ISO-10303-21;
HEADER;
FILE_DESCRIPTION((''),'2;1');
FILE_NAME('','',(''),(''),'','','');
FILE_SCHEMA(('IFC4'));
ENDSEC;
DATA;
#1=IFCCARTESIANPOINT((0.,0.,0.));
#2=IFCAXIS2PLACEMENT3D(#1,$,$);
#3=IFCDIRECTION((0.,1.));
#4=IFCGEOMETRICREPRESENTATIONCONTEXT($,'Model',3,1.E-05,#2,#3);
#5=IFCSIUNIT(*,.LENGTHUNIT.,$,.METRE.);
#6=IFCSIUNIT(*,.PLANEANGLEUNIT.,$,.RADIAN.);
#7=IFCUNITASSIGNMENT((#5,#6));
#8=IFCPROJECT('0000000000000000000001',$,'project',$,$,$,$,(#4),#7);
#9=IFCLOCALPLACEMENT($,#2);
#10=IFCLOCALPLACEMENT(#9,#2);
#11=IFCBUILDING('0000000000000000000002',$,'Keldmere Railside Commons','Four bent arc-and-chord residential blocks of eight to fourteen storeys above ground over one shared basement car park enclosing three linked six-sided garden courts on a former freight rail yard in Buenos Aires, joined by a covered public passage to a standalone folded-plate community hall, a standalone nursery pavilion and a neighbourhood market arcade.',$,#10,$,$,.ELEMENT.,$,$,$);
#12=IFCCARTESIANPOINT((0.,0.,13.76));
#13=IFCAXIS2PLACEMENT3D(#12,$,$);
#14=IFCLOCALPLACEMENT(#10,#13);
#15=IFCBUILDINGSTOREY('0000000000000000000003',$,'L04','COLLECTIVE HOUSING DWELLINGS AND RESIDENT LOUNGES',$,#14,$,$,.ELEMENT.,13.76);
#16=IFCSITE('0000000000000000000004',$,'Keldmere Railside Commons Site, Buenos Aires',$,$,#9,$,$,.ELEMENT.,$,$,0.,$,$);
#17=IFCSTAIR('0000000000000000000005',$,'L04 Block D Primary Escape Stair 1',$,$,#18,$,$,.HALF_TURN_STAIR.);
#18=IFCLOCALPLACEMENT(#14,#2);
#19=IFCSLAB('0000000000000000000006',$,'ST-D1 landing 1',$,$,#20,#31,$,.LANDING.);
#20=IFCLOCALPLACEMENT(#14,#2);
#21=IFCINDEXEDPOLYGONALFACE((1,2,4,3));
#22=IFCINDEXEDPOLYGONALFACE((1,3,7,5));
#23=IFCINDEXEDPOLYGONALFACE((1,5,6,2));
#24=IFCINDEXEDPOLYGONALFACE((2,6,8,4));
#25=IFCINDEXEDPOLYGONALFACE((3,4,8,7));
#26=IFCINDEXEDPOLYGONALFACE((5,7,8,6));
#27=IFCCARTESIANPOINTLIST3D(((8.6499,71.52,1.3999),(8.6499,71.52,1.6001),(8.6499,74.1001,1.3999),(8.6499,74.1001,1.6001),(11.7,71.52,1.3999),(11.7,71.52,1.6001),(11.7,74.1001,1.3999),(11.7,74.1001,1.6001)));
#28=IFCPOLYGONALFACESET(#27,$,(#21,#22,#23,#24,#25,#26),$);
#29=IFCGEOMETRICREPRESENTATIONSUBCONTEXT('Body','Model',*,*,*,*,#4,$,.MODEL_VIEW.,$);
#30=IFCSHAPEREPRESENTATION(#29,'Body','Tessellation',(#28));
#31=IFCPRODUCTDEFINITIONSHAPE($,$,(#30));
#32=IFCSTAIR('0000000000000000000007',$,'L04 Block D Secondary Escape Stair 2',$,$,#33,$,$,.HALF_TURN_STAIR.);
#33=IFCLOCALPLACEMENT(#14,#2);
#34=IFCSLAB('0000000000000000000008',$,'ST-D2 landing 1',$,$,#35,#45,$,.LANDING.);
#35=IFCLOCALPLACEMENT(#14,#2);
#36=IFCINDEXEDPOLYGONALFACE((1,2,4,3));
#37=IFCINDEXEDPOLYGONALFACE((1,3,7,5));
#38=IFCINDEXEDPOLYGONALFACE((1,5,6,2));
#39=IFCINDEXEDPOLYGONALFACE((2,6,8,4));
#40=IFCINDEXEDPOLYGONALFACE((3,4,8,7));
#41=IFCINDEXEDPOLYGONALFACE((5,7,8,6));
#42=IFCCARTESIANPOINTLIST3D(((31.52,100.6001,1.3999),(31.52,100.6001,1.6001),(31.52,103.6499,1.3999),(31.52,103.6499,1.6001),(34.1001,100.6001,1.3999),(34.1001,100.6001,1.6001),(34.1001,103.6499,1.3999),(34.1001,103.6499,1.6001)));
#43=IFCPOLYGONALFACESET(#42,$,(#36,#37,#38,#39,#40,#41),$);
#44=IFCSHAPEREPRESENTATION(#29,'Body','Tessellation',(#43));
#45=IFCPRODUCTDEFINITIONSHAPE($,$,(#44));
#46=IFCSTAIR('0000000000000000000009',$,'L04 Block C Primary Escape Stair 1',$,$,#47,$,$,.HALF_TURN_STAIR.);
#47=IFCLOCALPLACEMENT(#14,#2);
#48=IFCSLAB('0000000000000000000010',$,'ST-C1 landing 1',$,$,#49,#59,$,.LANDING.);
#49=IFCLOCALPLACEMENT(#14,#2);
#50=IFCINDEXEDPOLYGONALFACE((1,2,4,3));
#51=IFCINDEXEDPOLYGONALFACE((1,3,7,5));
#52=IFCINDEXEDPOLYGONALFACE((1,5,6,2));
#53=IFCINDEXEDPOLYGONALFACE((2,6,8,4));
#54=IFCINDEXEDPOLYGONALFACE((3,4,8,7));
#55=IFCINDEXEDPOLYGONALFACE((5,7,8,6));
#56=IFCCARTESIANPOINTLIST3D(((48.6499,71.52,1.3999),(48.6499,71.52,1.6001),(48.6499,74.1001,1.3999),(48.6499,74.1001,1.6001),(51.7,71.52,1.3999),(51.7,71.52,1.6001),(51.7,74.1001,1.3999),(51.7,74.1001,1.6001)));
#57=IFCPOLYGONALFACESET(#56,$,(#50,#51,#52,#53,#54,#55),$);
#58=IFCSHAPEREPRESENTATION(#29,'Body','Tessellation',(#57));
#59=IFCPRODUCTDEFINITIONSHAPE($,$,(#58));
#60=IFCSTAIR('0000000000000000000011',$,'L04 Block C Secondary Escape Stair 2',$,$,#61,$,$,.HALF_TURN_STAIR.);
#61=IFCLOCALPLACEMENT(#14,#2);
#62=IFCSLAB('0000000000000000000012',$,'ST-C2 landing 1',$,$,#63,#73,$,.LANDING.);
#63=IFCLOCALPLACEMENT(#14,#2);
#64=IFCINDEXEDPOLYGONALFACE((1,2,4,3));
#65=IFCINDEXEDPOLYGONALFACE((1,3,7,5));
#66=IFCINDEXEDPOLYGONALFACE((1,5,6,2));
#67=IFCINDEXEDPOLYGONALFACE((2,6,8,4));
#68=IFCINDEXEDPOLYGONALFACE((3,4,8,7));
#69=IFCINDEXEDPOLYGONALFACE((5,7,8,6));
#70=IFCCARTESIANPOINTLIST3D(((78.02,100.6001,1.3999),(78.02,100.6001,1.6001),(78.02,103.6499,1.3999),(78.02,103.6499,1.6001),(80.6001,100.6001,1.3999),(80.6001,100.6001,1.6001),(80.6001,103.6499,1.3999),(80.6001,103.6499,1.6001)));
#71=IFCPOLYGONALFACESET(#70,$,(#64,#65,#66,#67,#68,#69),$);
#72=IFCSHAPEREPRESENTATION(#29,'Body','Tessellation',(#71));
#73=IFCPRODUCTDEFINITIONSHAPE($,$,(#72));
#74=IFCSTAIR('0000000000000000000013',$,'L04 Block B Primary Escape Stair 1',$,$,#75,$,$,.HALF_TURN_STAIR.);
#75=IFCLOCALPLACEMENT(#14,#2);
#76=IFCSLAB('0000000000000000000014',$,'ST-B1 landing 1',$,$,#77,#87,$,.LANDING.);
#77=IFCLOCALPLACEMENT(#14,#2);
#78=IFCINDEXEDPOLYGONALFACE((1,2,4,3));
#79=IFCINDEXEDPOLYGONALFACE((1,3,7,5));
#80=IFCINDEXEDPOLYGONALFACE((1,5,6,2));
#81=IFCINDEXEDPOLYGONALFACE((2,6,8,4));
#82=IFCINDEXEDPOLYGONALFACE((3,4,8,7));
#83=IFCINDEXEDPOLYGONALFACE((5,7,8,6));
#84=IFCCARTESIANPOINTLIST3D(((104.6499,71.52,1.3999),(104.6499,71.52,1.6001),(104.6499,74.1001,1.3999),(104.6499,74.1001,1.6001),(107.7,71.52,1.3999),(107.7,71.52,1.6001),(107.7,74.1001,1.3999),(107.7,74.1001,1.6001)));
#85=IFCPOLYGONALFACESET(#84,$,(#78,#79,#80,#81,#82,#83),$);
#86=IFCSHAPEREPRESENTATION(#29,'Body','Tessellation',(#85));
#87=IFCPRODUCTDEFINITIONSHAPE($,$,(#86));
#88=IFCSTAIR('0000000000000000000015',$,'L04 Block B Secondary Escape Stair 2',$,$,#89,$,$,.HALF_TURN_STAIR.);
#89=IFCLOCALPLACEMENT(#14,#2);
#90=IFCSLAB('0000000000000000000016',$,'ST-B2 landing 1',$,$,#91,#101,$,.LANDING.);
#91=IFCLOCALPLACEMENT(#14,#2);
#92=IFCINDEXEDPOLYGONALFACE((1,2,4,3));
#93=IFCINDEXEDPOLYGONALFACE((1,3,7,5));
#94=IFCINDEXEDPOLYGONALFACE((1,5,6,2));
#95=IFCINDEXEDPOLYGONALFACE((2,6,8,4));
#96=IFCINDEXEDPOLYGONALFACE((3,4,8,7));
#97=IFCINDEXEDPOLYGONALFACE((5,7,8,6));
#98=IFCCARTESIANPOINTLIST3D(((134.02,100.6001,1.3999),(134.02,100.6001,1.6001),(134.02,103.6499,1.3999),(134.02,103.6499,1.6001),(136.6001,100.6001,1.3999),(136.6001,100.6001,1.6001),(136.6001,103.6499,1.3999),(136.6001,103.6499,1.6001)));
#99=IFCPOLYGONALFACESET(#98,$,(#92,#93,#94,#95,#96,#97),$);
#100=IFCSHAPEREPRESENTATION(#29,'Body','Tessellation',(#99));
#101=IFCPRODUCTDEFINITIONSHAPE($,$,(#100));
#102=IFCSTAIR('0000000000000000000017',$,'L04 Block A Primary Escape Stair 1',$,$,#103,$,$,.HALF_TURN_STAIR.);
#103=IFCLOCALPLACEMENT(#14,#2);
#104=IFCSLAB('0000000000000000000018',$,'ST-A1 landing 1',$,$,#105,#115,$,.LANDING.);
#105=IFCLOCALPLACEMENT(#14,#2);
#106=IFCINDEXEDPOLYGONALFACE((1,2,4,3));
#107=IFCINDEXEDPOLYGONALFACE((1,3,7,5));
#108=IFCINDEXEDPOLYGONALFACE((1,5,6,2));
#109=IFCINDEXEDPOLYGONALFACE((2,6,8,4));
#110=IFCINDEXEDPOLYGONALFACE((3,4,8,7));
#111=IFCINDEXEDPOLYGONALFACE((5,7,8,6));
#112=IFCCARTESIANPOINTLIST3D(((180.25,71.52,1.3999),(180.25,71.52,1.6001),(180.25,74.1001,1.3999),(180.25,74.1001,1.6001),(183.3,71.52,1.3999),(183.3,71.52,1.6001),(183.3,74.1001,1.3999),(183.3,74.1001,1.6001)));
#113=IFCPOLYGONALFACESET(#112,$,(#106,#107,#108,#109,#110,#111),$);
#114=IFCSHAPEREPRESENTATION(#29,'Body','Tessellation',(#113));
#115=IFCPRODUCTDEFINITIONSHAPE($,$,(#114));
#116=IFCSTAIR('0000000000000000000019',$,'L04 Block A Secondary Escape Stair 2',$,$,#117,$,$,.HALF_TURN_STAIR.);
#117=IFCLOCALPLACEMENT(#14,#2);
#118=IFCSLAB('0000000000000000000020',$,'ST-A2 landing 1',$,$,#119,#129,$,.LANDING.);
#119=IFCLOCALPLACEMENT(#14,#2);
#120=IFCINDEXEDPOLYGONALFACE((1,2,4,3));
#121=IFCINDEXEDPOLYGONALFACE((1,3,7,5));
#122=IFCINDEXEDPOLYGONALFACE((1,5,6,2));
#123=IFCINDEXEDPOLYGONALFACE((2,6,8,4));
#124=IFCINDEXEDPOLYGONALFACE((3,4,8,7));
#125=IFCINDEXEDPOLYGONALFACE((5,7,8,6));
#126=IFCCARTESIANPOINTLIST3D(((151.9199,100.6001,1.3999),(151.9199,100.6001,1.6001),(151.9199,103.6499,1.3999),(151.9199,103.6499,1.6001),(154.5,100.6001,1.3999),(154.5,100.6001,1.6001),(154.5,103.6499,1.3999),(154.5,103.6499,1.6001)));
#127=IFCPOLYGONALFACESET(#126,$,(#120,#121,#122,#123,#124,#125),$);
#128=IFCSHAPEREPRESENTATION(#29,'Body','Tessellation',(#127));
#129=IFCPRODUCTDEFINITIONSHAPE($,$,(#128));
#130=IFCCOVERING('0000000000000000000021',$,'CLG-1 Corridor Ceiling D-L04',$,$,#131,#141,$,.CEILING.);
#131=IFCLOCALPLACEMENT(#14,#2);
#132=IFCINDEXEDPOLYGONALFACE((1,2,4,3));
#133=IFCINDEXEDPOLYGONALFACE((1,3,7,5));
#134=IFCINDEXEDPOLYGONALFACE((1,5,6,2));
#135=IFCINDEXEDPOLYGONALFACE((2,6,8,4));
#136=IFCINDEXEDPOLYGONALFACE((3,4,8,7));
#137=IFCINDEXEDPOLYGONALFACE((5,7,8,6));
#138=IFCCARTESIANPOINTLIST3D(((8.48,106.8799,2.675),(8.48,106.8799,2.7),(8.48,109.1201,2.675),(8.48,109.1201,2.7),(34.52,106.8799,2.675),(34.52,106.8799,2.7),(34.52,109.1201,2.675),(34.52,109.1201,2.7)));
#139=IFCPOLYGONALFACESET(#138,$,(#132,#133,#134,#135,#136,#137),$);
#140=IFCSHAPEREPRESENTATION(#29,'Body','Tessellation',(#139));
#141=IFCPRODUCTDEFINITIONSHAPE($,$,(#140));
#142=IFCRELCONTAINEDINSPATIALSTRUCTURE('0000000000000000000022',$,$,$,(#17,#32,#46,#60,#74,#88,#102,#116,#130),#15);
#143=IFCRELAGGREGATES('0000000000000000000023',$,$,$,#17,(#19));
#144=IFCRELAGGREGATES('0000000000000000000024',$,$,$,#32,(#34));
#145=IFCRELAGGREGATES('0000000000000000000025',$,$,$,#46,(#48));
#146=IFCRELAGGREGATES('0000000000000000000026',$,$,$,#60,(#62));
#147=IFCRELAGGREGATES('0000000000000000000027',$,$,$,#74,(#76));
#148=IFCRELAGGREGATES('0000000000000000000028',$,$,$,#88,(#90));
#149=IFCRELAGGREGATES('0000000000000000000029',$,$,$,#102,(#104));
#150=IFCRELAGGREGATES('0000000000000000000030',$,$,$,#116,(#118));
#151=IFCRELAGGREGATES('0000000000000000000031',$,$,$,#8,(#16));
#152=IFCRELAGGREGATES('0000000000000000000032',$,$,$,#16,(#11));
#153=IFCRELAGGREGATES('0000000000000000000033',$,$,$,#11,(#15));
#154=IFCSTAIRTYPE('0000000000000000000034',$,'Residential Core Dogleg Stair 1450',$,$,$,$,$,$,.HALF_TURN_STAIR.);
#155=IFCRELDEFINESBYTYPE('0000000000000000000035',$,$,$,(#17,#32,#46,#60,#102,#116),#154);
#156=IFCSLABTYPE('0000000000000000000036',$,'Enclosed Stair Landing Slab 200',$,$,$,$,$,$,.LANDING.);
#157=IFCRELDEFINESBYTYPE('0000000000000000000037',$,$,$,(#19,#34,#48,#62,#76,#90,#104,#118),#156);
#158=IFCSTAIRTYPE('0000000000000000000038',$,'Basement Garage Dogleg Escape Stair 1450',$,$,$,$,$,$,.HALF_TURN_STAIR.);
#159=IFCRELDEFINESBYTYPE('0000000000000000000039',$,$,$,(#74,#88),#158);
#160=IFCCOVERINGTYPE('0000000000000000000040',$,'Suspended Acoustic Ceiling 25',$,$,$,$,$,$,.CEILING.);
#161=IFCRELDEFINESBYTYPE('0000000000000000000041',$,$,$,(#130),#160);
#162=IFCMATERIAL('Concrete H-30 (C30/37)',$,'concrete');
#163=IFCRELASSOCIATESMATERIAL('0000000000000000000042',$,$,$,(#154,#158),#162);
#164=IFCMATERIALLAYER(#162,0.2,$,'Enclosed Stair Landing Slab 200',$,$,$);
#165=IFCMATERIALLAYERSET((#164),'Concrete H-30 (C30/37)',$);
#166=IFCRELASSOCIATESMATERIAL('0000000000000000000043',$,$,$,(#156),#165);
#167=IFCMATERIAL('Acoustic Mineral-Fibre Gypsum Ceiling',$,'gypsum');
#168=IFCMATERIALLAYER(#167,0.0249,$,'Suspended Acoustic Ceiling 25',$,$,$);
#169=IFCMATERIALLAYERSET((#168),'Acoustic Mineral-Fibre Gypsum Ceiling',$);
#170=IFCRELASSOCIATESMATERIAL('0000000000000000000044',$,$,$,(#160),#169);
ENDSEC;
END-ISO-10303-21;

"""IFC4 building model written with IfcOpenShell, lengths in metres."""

from ifc_helpers import new_model, si_unit, direction, frame, origin, place, context, subcontext, project, spatial, polyline, outline, extrude, material, layer, layer_set, type_object, element, aggregate, save


model = new_model("IFC4")

# Units and contexts
model_context = context("Model", 3, precision=1e-05, world=origin(), true_north=direction((0.0, 1.0)))
body_context = subcontext(model_context, "Body", "Model", "MODEL_VIEW")
ifc_project = project(units=[si_unit("LENGTHUNIT", "METRE"), si_unit("PLANEANGLEUNIT", "RADIAN")], contexts=[model_context])

# Site, building, storey
site_placement = place(None, origin())
site = spatial("IfcSite", under=ifc_project, at=site_placement, Name="Keldmere Railside Commons Site, Buenos Aires", CompositionType="ELEMENT", RefElevation=0.0)
building_placement = place(site_placement, origin())
building = spatial("IfcBuilding", under=site, at=building_placement, Name="Keldmere Railside Commons", Description="Four bent arc-and-chord residential blocks of eight to fourteen storeys above ground over one shared basement car park enclosing three linked six-sided garden courts on a former freight rail yard in Buenos Aires, joined by a covered public passage to a standalone folded-plate community hall, a standalone nursery pavilion and a neighbourhood market arcade.", CompositionType="ELEMENT")
storey_placement = place(building_placement, frame((0.0, 0.0, 13.76)))
storey = spatial("IfcBuildingStorey", under=building, at=storey_placement, Name="L04", Description="COLLECTIVE HOUSING DWELLINGS AND RESIDENT LOUNGES", CompositionType="ELEMENT", Elevation=13.76)

# Stairs, slabs
ifc_material_1 = material(Name="Concrete H-30 (C30/37)", Category="concrete")
stair_type_1 = type_object("IfcStairType", Name="Residential Core Dogleg Stair 1450", PredefinedType="HALF_TURN_STAIR", material=ifc_material_1)
stair_1_placement = place(storey_placement, origin())
stair_1 = element("IfcStair", 1, at=stair_1_placement, inside=storey, type_object=stair_type_1, Name="L04 Block D Primary Escape Stair 1", PredefinedType="HALF_TURN_STAIR")
ifc_layer_1 = layer(ifc_material_1, 0.2, Name="Enclosed Stair Landing Slab 200")
ifc_layer_set_1 = layer_set([ifc_layer_1], Name="Concrete H-30 (C30/37)")
slab_type = type_object("IfcSlabType", Name="Enclosed Stair Landing Slab 200", PredefinedType="LANDING", material=ifc_layer_set_1)
slab_1_placement = place(storey_placement, frame((0.0, 0.0, 1.3999)))
slab_1 = element("IfcSlab", 2, at=slab_1_placement, type_object=slab_type, Name="ST-D1 landing 1", PredefinedType="LANDING", context=body_context, shape_type="SweptSolid", body=[
    extrude(outline(polyline([(11.7, 71.52), (11.7, 74.1001), (8.6499, 74.1001), (8.6499, 71.52), (11.7, 71.52)])), origin(), (0.0, 0.0, 1.0), 0.2002),
])
aggregate(stair_1, [slab_1])
stair_2_placement = place(storey_placement, origin())
stair_2 = element("IfcStair", 3, at=stair_2_placement, inside=storey, type_object=stair_type_1, Name="L04 Block D Secondary Escape Stair 2", PredefinedType="HALF_TURN_STAIR")
slab_2_placement = place(storey_placement, frame((0.0, 0.0, 1.3999)))
slab_2 = element("IfcSlab", 4, at=slab_2_placement, type_object=slab_type, Name="ST-D2 landing 1", PredefinedType="LANDING", context=body_context, shape_type="SweptSolid", body=[
    extrude(outline(polyline([(31.52, 100.6001), (34.1001, 100.6001), (34.1001, 103.6499), (31.52, 103.6499), (31.52, 100.6001)])), origin(), (0.0, 0.0, 1.0), 0.2002),
])
aggregate(stair_2, [slab_2])
stair_3_placement = place(storey_placement, origin())
stair_3 = element("IfcStair", 5, at=stair_3_placement, inside=storey, type_object=stair_type_1, Name="L04 Block C Primary Escape Stair 1", PredefinedType="HALF_TURN_STAIR")
slab_3_placement = place(storey_placement, frame((0.0, 0.0, 1.3999)))
slab_3 = element("IfcSlab", 6, at=slab_3_placement, type_object=slab_type, Name="ST-C1 landing 1", PredefinedType="LANDING", context=body_context, shape_type="SweptSolid", body=[
    extrude(outline(polyline([(51.7, 71.52), (51.7, 74.1001), (48.6499, 74.1001), (48.6499, 71.52), (51.7, 71.52)])), origin(), (0.0, 0.0, 1.0), 0.2002),
])
aggregate(stair_3, [slab_3])
stair_4_placement = place(storey_placement, origin())
stair_4 = element("IfcStair", 7, at=stair_4_placement, inside=storey, type_object=stair_type_1, Name="L04 Block C Secondary Escape Stair 2", PredefinedType="HALF_TURN_STAIR")
slab_4_placement = place(storey_placement, frame((0.0, 0.0, 1.3999)))
slab_4 = element("IfcSlab", 8, at=slab_4_placement, type_object=slab_type, Name="ST-C2 landing 1", PredefinedType="LANDING", context=body_context, shape_type="SweptSolid", body=[
    extrude(outline(polyline([(78.02, 100.6001), (80.6001, 100.6001), (80.6001, 103.6499), (78.02, 103.6499), (78.02, 100.6001)])), origin(), (0.0, 0.0, 1.0), 0.2002),
])
aggregate(stair_4, [slab_4])
stair_type_2 = type_object("IfcStairType", Name="Basement Garage Dogleg Escape Stair 1450", PredefinedType="HALF_TURN_STAIR", material=ifc_material_1)
stair_5_placement = place(storey_placement, origin())
stair_5 = element("IfcStair", 9, at=stair_5_placement, inside=storey, type_object=stair_type_2, Name="L04 Block B Primary Escape Stair 1", PredefinedType="HALF_TURN_STAIR")
slab_5_placement = place(storey_placement, frame((0.0, 0.0, 1.3999)))
slab_5 = element("IfcSlab", 10, at=slab_5_placement, type_object=slab_type, Name="ST-B1 landing 1", PredefinedType="LANDING", context=body_context, shape_type="SweptSolid", body=[
    extrude(outline(polyline([(107.7, 71.52), (107.7, 74.1001), (104.6499, 74.1001), (104.6499, 71.52), (107.7, 71.52)])), origin(), (0.0, 0.0, 1.0), 0.2002),
])
aggregate(stair_5, [slab_5])
stair_6_placement = place(storey_placement, origin())
stair_6 = element("IfcStair", 11, at=stair_6_placement, inside=storey, type_object=stair_type_2, Name="L04 Block B Secondary Escape Stair 2", PredefinedType="HALF_TURN_STAIR")
slab_6_placement = place(storey_placement, frame((0.0, 0.0, 1.3999)))
slab_6 = element("IfcSlab", 12, at=slab_6_placement, type_object=slab_type, Name="ST-B2 landing 1", PredefinedType="LANDING", context=body_context, shape_type="SweptSolid", body=[
    extrude(outline(polyline([(134.02, 100.6001), (136.6001, 100.6001), (136.6001, 103.6499), (134.02, 103.6499), (134.02, 100.6001)])), origin(), (0.0, 0.0, 1.0), 0.2002),
])
aggregate(stair_6, [slab_6])
stair_7_placement = place(storey_placement, origin())
stair_7 = element("IfcStair", 13, at=stair_7_placement, inside=storey, type_object=stair_type_1, Name="L04 Block A Primary Escape Stair 1", PredefinedType="HALF_TURN_STAIR")
slab_7_placement = place(storey_placement, frame((0.0, 0.0, 1.3999)))
slab_7 = element("IfcSlab", 14, at=slab_7_placement, type_object=slab_type, Name="ST-A1 landing 1", PredefinedType="LANDING", context=body_context, shape_type="SweptSolid", body=[
    extrude(outline(polyline([(183.3, 71.52), (183.3, 74.1001), (180.25, 74.1001), (180.25, 71.52), (183.3, 71.52)])), origin(), (0.0, 0.0, 1.0), 0.2002),
])
aggregate(stair_7, [slab_7])
stair_8_placement = place(storey_placement, origin())
stair_8 = element("IfcStair", 15, at=stair_8_placement, inside=storey, type_object=stair_type_1, Name="L04 Block A Secondary Escape Stair 2", PredefinedType="HALF_TURN_STAIR")
slab_8_placement = place(storey_placement, frame((0.0, 0.0, 1.3999)))
slab_8 = element("IfcSlab", 16, at=slab_8_placement, type_object=slab_type, Name="ST-A2 landing 1", PredefinedType="LANDING", context=body_context, shape_type="SweptSolid", body=[
    extrude(outline(polyline([(151.9199, 100.6001), (154.5, 100.6001), (154.5, 103.6499), (151.9199, 103.6499), (151.9199, 100.6001)])), origin(), (0.0, 0.0, 1.0), 0.2002),
])
aggregate(stair_8, [slab_8])

# Covering
ifc_material_2 = material(Name="Acoustic Mineral-Fibre Gypsum Ceiling", Category="gypsum")
ifc_layer_2 = layer(ifc_material_2, 0.0249, Name="Suspended Acoustic Ceiling 25")
ifc_layer_set_2 = layer_set([ifc_layer_2], Name="Acoustic Mineral-Fibre Gypsum Ceiling")
covering_type_1 = type_object("IfcCoveringType", Name="Suspended Acoustic Ceiling 25", PredefinedType="CEILING", material=ifc_layer_set_2)
covering_1_placement = place(storey_placement, frame((0.0, 0.0, 2.675)))
element("IfcCovering", 17, at=covering_1_placement, inside=storey, type_object=covering_type_1, Name="CLG-1 Corridor Ceiling D-L04", PredefinedType="CEILING", context=body_context, shape_type="SweptSolid", body=[
    extrude(outline(polyline([(8.48, 106.8799), (34.52, 106.8799), (34.52, 109.1201), (8.48, 109.1201), (8.48, 106.8799)])), origin(), (0.0, 0.0, 1.0), 0.0249),
])

save(model, "model.ifc")
